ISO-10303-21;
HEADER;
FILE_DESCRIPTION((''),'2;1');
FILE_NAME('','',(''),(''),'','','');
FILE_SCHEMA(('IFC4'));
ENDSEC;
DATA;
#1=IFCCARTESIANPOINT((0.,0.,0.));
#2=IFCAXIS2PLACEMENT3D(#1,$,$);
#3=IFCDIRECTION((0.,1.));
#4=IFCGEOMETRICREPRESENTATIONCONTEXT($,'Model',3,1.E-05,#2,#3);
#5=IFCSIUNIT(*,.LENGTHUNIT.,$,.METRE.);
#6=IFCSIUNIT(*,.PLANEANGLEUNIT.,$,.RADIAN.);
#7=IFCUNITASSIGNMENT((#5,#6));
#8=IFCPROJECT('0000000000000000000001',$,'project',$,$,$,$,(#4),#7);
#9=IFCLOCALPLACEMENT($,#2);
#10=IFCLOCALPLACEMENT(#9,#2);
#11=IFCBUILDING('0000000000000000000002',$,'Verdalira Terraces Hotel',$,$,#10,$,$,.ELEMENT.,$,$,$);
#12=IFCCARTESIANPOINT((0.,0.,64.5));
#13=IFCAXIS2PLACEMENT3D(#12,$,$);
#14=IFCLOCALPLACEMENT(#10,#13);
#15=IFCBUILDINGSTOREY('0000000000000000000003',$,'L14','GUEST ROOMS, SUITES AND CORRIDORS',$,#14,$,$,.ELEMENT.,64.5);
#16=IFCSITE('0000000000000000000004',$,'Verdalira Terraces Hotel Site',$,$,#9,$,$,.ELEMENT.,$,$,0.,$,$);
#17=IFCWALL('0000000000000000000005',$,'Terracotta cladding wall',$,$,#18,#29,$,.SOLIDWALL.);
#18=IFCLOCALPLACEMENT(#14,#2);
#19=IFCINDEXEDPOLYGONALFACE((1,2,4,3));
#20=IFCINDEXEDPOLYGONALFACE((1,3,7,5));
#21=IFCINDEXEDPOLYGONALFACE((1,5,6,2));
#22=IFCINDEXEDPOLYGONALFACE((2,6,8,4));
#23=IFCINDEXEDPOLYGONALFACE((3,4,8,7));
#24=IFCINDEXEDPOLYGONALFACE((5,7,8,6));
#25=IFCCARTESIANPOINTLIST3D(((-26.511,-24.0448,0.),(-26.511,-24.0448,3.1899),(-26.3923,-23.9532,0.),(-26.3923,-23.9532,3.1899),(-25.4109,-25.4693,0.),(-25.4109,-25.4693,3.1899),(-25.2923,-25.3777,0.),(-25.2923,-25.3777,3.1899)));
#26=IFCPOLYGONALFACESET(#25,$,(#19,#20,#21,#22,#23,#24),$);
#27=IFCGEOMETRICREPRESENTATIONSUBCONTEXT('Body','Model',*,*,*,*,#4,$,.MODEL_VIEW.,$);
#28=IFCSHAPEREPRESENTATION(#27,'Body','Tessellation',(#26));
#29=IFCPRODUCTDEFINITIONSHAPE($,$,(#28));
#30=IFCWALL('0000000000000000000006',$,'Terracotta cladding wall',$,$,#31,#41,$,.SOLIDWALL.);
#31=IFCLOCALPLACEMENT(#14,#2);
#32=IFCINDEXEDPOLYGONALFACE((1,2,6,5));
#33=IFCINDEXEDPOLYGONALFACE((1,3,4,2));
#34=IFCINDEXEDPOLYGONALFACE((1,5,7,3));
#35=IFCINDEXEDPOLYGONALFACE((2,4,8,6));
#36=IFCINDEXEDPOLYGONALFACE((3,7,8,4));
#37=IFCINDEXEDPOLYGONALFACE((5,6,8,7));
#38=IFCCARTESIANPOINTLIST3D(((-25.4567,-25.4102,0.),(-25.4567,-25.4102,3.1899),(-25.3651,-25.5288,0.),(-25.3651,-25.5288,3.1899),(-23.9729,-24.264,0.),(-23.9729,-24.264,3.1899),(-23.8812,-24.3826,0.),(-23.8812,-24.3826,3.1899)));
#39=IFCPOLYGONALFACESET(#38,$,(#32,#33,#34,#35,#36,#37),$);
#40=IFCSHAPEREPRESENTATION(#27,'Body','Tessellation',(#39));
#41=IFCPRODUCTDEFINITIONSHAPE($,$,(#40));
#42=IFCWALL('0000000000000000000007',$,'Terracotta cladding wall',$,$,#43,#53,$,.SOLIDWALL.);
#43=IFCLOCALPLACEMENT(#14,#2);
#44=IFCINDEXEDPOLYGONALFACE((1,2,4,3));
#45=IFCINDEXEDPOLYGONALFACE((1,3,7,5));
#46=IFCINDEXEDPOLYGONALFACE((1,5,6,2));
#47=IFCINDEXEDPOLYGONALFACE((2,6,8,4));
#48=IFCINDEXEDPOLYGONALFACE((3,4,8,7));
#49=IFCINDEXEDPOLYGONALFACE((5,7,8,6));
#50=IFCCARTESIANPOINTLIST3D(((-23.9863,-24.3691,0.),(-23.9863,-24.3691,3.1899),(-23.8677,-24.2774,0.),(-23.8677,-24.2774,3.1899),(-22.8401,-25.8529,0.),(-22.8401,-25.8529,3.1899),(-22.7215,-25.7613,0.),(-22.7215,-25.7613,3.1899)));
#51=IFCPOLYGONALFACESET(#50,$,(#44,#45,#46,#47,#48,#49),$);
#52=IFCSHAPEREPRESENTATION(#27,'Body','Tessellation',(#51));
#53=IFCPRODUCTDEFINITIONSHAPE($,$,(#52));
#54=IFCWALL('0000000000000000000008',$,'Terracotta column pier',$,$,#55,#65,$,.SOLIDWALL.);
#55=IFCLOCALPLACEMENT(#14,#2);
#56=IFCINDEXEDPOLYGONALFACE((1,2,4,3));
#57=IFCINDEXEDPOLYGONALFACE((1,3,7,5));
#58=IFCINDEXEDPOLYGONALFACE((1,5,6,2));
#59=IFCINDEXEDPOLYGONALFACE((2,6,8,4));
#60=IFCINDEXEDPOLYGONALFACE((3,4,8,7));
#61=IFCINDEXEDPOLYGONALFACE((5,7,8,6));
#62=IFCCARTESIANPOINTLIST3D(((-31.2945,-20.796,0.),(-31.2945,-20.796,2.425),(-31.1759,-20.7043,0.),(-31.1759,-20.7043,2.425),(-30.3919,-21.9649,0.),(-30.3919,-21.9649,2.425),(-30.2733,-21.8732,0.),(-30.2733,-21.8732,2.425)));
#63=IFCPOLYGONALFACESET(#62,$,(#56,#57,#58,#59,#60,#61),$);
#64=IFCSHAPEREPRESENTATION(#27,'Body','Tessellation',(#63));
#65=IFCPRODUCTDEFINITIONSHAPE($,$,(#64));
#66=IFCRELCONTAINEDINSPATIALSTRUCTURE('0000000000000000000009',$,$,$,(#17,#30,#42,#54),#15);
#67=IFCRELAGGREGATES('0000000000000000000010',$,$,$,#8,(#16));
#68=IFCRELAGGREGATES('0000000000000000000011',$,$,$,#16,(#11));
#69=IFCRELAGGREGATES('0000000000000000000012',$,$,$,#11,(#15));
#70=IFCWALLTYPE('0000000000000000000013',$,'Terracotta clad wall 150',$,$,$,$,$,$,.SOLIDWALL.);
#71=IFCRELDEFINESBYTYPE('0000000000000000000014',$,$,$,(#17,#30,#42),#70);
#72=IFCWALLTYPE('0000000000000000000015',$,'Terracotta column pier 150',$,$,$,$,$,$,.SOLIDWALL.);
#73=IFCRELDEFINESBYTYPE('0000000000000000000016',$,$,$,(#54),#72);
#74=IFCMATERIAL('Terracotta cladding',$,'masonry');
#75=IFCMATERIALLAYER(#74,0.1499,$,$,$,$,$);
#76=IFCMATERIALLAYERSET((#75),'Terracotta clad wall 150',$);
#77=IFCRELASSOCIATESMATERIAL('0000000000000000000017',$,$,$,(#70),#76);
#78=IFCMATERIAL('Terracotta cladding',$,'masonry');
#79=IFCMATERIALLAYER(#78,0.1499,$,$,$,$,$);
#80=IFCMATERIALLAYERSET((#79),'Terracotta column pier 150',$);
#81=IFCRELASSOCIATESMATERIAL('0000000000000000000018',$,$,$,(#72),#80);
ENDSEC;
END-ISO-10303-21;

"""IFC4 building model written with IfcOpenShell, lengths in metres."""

from ifc_helpers import new_model, si_unit, direction, frame, frame_2d, origin, place, context, subcontext, project, spatial, rectangle, extrude, material, layer, layer_set, type_object, element, save


model = new_model("IFC4")

# Units and contexts
model_context = context("Model", 3, precision=1e-05, world=origin(), true_north=direction((0.0, 1.0)))
body_context = subcontext(model_context, "Body", "Model", "MODEL_VIEW")
ifc_project = project(units=[si_unit("LENGTHUNIT", "METRE"), si_unit("PLANEANGLEUNIT", "RADIAN")], contexts=[model_context])

# Site, building, storey
site_placement = place(None, origin())
site = spatial("IfcSite", under=ifc_project, at=site_placement, Name="Verdalira Terraces Hotel Site", CompositionType="ELEMENT", RefElevation=0.0)
building_placement = place(site_placement, origin())
building = spatial("IfcBuilding", under=site, at=building_placement, Name="Verdalira Terraces Hotel", CompositionType="ELEMENT")
storey_placement = place(building_placement, frame((0.0, 0.0, 64.5)))
storey = spatial("IfcBuildingStorey", under=building, at=storey_placement, Name="L14", Description="GUEST ROOMS, SUITES AND CORRIDORS", CompositionType="ELEMENT", Elevation=64.5)

# Walls
ifc_material_1 = material(Name="Terracotta cladding", Category="masonry")
ifc_layer_1 = layer(ifc_material_1, 0.1499)
ifc_layer_set_1 = layer_set([ifc_layer_1], Name="Terracotta clad wall 150")
wall_type_1 = type_object("IfcWallType", Name="Terracotta clad wall 150", PredefinedType="SOLIDWALL", material=ifc_layer_set_1)
wall_1_placement = place(storey_placement, frame((-26.4517, -23.999, 0.0), z_axis=(0.0, 0.0, 1.0), x_axis=(0.611204, -0.791473, 0.0)))
element("IfcWall", 1, at=wall_1_placement, inside=storey, type_object=wall_type_1, Name="Terracotta cladding wall", PredefinedType="SOLIDWALL", context=body_context, shape_type="SweptSolid", body=[
    extrude(rectangle(XDim=1.7998, YDim=0.1499, at=frame_2d((0.8999, 0.0))), origin(), (0.0, 0.0, 1.0), 3.1899),
])
for number, where, z_axis, x_axis, name in (
    (2, (-25.4109, -25.4695, 0.0), (0.0, 0.0, 1.0), (0.791388, 0.611314, 0.0), "Terracotta cladding wall"),
    (3, (-23.927, -24.3232, 0.0), (0.0, 0.0, 1.0), (0.611314, -0.791388, 0.0), "Terracotta cladding wall"),
):
    element("IfcWall", number, at=place(storey_placement, frame(where, z_axis=z_axis, x_axis=x_axis)), inside=storey, type_object=wall_type_1, Name=name, PredefinedType="SOLIDWALL", context=body_context, shape_type="SweptSolid", body=[
        extrude(rectangle(XDim=1.875, YDim=0.1499, at=frame_2d((0.9375, 0.0))), origin(), (0.0, 0.0, 1.0), 3.1899),
    ])
ifc_material_2 = material(Name="Terracotta cladding", Category="masonry")
ifc_layer_2 = layer(ifc_material_2, 0.1499)
ifc_layer_set_2 = layer_set([ifc_layer_2], Name="Terracotta column pier 150")
wall_type_2 = type_object("IfcWallType", Name="Terracotta column pier 150", PredefinedType="SOLIDWALL", material=ifc_layer_set_2)
wall_2_placement = place(storey_placement, frame((-31.2351, -20.7502, 0.0), z_axis=(0.0, 0.0, 1.0), x_axis=(0.611156, -0.79151, 0.0)))
element("IfcWall", 4, at=wall_2_placement, inside=storey, type_object=wall_type_2, Name="Terracotta column pier", PredefinedType="SOLIDWALL", context=body_context, shape_type="SweptSolid", body=[
    extrude(rectangle(XDim=1.4768, YDim=0.1499, at=frame_2d((0.7383, 0.0))), origin(), (0.0, 0.0, 1.0), 2.425),
])

save(model, "model.ifc")
